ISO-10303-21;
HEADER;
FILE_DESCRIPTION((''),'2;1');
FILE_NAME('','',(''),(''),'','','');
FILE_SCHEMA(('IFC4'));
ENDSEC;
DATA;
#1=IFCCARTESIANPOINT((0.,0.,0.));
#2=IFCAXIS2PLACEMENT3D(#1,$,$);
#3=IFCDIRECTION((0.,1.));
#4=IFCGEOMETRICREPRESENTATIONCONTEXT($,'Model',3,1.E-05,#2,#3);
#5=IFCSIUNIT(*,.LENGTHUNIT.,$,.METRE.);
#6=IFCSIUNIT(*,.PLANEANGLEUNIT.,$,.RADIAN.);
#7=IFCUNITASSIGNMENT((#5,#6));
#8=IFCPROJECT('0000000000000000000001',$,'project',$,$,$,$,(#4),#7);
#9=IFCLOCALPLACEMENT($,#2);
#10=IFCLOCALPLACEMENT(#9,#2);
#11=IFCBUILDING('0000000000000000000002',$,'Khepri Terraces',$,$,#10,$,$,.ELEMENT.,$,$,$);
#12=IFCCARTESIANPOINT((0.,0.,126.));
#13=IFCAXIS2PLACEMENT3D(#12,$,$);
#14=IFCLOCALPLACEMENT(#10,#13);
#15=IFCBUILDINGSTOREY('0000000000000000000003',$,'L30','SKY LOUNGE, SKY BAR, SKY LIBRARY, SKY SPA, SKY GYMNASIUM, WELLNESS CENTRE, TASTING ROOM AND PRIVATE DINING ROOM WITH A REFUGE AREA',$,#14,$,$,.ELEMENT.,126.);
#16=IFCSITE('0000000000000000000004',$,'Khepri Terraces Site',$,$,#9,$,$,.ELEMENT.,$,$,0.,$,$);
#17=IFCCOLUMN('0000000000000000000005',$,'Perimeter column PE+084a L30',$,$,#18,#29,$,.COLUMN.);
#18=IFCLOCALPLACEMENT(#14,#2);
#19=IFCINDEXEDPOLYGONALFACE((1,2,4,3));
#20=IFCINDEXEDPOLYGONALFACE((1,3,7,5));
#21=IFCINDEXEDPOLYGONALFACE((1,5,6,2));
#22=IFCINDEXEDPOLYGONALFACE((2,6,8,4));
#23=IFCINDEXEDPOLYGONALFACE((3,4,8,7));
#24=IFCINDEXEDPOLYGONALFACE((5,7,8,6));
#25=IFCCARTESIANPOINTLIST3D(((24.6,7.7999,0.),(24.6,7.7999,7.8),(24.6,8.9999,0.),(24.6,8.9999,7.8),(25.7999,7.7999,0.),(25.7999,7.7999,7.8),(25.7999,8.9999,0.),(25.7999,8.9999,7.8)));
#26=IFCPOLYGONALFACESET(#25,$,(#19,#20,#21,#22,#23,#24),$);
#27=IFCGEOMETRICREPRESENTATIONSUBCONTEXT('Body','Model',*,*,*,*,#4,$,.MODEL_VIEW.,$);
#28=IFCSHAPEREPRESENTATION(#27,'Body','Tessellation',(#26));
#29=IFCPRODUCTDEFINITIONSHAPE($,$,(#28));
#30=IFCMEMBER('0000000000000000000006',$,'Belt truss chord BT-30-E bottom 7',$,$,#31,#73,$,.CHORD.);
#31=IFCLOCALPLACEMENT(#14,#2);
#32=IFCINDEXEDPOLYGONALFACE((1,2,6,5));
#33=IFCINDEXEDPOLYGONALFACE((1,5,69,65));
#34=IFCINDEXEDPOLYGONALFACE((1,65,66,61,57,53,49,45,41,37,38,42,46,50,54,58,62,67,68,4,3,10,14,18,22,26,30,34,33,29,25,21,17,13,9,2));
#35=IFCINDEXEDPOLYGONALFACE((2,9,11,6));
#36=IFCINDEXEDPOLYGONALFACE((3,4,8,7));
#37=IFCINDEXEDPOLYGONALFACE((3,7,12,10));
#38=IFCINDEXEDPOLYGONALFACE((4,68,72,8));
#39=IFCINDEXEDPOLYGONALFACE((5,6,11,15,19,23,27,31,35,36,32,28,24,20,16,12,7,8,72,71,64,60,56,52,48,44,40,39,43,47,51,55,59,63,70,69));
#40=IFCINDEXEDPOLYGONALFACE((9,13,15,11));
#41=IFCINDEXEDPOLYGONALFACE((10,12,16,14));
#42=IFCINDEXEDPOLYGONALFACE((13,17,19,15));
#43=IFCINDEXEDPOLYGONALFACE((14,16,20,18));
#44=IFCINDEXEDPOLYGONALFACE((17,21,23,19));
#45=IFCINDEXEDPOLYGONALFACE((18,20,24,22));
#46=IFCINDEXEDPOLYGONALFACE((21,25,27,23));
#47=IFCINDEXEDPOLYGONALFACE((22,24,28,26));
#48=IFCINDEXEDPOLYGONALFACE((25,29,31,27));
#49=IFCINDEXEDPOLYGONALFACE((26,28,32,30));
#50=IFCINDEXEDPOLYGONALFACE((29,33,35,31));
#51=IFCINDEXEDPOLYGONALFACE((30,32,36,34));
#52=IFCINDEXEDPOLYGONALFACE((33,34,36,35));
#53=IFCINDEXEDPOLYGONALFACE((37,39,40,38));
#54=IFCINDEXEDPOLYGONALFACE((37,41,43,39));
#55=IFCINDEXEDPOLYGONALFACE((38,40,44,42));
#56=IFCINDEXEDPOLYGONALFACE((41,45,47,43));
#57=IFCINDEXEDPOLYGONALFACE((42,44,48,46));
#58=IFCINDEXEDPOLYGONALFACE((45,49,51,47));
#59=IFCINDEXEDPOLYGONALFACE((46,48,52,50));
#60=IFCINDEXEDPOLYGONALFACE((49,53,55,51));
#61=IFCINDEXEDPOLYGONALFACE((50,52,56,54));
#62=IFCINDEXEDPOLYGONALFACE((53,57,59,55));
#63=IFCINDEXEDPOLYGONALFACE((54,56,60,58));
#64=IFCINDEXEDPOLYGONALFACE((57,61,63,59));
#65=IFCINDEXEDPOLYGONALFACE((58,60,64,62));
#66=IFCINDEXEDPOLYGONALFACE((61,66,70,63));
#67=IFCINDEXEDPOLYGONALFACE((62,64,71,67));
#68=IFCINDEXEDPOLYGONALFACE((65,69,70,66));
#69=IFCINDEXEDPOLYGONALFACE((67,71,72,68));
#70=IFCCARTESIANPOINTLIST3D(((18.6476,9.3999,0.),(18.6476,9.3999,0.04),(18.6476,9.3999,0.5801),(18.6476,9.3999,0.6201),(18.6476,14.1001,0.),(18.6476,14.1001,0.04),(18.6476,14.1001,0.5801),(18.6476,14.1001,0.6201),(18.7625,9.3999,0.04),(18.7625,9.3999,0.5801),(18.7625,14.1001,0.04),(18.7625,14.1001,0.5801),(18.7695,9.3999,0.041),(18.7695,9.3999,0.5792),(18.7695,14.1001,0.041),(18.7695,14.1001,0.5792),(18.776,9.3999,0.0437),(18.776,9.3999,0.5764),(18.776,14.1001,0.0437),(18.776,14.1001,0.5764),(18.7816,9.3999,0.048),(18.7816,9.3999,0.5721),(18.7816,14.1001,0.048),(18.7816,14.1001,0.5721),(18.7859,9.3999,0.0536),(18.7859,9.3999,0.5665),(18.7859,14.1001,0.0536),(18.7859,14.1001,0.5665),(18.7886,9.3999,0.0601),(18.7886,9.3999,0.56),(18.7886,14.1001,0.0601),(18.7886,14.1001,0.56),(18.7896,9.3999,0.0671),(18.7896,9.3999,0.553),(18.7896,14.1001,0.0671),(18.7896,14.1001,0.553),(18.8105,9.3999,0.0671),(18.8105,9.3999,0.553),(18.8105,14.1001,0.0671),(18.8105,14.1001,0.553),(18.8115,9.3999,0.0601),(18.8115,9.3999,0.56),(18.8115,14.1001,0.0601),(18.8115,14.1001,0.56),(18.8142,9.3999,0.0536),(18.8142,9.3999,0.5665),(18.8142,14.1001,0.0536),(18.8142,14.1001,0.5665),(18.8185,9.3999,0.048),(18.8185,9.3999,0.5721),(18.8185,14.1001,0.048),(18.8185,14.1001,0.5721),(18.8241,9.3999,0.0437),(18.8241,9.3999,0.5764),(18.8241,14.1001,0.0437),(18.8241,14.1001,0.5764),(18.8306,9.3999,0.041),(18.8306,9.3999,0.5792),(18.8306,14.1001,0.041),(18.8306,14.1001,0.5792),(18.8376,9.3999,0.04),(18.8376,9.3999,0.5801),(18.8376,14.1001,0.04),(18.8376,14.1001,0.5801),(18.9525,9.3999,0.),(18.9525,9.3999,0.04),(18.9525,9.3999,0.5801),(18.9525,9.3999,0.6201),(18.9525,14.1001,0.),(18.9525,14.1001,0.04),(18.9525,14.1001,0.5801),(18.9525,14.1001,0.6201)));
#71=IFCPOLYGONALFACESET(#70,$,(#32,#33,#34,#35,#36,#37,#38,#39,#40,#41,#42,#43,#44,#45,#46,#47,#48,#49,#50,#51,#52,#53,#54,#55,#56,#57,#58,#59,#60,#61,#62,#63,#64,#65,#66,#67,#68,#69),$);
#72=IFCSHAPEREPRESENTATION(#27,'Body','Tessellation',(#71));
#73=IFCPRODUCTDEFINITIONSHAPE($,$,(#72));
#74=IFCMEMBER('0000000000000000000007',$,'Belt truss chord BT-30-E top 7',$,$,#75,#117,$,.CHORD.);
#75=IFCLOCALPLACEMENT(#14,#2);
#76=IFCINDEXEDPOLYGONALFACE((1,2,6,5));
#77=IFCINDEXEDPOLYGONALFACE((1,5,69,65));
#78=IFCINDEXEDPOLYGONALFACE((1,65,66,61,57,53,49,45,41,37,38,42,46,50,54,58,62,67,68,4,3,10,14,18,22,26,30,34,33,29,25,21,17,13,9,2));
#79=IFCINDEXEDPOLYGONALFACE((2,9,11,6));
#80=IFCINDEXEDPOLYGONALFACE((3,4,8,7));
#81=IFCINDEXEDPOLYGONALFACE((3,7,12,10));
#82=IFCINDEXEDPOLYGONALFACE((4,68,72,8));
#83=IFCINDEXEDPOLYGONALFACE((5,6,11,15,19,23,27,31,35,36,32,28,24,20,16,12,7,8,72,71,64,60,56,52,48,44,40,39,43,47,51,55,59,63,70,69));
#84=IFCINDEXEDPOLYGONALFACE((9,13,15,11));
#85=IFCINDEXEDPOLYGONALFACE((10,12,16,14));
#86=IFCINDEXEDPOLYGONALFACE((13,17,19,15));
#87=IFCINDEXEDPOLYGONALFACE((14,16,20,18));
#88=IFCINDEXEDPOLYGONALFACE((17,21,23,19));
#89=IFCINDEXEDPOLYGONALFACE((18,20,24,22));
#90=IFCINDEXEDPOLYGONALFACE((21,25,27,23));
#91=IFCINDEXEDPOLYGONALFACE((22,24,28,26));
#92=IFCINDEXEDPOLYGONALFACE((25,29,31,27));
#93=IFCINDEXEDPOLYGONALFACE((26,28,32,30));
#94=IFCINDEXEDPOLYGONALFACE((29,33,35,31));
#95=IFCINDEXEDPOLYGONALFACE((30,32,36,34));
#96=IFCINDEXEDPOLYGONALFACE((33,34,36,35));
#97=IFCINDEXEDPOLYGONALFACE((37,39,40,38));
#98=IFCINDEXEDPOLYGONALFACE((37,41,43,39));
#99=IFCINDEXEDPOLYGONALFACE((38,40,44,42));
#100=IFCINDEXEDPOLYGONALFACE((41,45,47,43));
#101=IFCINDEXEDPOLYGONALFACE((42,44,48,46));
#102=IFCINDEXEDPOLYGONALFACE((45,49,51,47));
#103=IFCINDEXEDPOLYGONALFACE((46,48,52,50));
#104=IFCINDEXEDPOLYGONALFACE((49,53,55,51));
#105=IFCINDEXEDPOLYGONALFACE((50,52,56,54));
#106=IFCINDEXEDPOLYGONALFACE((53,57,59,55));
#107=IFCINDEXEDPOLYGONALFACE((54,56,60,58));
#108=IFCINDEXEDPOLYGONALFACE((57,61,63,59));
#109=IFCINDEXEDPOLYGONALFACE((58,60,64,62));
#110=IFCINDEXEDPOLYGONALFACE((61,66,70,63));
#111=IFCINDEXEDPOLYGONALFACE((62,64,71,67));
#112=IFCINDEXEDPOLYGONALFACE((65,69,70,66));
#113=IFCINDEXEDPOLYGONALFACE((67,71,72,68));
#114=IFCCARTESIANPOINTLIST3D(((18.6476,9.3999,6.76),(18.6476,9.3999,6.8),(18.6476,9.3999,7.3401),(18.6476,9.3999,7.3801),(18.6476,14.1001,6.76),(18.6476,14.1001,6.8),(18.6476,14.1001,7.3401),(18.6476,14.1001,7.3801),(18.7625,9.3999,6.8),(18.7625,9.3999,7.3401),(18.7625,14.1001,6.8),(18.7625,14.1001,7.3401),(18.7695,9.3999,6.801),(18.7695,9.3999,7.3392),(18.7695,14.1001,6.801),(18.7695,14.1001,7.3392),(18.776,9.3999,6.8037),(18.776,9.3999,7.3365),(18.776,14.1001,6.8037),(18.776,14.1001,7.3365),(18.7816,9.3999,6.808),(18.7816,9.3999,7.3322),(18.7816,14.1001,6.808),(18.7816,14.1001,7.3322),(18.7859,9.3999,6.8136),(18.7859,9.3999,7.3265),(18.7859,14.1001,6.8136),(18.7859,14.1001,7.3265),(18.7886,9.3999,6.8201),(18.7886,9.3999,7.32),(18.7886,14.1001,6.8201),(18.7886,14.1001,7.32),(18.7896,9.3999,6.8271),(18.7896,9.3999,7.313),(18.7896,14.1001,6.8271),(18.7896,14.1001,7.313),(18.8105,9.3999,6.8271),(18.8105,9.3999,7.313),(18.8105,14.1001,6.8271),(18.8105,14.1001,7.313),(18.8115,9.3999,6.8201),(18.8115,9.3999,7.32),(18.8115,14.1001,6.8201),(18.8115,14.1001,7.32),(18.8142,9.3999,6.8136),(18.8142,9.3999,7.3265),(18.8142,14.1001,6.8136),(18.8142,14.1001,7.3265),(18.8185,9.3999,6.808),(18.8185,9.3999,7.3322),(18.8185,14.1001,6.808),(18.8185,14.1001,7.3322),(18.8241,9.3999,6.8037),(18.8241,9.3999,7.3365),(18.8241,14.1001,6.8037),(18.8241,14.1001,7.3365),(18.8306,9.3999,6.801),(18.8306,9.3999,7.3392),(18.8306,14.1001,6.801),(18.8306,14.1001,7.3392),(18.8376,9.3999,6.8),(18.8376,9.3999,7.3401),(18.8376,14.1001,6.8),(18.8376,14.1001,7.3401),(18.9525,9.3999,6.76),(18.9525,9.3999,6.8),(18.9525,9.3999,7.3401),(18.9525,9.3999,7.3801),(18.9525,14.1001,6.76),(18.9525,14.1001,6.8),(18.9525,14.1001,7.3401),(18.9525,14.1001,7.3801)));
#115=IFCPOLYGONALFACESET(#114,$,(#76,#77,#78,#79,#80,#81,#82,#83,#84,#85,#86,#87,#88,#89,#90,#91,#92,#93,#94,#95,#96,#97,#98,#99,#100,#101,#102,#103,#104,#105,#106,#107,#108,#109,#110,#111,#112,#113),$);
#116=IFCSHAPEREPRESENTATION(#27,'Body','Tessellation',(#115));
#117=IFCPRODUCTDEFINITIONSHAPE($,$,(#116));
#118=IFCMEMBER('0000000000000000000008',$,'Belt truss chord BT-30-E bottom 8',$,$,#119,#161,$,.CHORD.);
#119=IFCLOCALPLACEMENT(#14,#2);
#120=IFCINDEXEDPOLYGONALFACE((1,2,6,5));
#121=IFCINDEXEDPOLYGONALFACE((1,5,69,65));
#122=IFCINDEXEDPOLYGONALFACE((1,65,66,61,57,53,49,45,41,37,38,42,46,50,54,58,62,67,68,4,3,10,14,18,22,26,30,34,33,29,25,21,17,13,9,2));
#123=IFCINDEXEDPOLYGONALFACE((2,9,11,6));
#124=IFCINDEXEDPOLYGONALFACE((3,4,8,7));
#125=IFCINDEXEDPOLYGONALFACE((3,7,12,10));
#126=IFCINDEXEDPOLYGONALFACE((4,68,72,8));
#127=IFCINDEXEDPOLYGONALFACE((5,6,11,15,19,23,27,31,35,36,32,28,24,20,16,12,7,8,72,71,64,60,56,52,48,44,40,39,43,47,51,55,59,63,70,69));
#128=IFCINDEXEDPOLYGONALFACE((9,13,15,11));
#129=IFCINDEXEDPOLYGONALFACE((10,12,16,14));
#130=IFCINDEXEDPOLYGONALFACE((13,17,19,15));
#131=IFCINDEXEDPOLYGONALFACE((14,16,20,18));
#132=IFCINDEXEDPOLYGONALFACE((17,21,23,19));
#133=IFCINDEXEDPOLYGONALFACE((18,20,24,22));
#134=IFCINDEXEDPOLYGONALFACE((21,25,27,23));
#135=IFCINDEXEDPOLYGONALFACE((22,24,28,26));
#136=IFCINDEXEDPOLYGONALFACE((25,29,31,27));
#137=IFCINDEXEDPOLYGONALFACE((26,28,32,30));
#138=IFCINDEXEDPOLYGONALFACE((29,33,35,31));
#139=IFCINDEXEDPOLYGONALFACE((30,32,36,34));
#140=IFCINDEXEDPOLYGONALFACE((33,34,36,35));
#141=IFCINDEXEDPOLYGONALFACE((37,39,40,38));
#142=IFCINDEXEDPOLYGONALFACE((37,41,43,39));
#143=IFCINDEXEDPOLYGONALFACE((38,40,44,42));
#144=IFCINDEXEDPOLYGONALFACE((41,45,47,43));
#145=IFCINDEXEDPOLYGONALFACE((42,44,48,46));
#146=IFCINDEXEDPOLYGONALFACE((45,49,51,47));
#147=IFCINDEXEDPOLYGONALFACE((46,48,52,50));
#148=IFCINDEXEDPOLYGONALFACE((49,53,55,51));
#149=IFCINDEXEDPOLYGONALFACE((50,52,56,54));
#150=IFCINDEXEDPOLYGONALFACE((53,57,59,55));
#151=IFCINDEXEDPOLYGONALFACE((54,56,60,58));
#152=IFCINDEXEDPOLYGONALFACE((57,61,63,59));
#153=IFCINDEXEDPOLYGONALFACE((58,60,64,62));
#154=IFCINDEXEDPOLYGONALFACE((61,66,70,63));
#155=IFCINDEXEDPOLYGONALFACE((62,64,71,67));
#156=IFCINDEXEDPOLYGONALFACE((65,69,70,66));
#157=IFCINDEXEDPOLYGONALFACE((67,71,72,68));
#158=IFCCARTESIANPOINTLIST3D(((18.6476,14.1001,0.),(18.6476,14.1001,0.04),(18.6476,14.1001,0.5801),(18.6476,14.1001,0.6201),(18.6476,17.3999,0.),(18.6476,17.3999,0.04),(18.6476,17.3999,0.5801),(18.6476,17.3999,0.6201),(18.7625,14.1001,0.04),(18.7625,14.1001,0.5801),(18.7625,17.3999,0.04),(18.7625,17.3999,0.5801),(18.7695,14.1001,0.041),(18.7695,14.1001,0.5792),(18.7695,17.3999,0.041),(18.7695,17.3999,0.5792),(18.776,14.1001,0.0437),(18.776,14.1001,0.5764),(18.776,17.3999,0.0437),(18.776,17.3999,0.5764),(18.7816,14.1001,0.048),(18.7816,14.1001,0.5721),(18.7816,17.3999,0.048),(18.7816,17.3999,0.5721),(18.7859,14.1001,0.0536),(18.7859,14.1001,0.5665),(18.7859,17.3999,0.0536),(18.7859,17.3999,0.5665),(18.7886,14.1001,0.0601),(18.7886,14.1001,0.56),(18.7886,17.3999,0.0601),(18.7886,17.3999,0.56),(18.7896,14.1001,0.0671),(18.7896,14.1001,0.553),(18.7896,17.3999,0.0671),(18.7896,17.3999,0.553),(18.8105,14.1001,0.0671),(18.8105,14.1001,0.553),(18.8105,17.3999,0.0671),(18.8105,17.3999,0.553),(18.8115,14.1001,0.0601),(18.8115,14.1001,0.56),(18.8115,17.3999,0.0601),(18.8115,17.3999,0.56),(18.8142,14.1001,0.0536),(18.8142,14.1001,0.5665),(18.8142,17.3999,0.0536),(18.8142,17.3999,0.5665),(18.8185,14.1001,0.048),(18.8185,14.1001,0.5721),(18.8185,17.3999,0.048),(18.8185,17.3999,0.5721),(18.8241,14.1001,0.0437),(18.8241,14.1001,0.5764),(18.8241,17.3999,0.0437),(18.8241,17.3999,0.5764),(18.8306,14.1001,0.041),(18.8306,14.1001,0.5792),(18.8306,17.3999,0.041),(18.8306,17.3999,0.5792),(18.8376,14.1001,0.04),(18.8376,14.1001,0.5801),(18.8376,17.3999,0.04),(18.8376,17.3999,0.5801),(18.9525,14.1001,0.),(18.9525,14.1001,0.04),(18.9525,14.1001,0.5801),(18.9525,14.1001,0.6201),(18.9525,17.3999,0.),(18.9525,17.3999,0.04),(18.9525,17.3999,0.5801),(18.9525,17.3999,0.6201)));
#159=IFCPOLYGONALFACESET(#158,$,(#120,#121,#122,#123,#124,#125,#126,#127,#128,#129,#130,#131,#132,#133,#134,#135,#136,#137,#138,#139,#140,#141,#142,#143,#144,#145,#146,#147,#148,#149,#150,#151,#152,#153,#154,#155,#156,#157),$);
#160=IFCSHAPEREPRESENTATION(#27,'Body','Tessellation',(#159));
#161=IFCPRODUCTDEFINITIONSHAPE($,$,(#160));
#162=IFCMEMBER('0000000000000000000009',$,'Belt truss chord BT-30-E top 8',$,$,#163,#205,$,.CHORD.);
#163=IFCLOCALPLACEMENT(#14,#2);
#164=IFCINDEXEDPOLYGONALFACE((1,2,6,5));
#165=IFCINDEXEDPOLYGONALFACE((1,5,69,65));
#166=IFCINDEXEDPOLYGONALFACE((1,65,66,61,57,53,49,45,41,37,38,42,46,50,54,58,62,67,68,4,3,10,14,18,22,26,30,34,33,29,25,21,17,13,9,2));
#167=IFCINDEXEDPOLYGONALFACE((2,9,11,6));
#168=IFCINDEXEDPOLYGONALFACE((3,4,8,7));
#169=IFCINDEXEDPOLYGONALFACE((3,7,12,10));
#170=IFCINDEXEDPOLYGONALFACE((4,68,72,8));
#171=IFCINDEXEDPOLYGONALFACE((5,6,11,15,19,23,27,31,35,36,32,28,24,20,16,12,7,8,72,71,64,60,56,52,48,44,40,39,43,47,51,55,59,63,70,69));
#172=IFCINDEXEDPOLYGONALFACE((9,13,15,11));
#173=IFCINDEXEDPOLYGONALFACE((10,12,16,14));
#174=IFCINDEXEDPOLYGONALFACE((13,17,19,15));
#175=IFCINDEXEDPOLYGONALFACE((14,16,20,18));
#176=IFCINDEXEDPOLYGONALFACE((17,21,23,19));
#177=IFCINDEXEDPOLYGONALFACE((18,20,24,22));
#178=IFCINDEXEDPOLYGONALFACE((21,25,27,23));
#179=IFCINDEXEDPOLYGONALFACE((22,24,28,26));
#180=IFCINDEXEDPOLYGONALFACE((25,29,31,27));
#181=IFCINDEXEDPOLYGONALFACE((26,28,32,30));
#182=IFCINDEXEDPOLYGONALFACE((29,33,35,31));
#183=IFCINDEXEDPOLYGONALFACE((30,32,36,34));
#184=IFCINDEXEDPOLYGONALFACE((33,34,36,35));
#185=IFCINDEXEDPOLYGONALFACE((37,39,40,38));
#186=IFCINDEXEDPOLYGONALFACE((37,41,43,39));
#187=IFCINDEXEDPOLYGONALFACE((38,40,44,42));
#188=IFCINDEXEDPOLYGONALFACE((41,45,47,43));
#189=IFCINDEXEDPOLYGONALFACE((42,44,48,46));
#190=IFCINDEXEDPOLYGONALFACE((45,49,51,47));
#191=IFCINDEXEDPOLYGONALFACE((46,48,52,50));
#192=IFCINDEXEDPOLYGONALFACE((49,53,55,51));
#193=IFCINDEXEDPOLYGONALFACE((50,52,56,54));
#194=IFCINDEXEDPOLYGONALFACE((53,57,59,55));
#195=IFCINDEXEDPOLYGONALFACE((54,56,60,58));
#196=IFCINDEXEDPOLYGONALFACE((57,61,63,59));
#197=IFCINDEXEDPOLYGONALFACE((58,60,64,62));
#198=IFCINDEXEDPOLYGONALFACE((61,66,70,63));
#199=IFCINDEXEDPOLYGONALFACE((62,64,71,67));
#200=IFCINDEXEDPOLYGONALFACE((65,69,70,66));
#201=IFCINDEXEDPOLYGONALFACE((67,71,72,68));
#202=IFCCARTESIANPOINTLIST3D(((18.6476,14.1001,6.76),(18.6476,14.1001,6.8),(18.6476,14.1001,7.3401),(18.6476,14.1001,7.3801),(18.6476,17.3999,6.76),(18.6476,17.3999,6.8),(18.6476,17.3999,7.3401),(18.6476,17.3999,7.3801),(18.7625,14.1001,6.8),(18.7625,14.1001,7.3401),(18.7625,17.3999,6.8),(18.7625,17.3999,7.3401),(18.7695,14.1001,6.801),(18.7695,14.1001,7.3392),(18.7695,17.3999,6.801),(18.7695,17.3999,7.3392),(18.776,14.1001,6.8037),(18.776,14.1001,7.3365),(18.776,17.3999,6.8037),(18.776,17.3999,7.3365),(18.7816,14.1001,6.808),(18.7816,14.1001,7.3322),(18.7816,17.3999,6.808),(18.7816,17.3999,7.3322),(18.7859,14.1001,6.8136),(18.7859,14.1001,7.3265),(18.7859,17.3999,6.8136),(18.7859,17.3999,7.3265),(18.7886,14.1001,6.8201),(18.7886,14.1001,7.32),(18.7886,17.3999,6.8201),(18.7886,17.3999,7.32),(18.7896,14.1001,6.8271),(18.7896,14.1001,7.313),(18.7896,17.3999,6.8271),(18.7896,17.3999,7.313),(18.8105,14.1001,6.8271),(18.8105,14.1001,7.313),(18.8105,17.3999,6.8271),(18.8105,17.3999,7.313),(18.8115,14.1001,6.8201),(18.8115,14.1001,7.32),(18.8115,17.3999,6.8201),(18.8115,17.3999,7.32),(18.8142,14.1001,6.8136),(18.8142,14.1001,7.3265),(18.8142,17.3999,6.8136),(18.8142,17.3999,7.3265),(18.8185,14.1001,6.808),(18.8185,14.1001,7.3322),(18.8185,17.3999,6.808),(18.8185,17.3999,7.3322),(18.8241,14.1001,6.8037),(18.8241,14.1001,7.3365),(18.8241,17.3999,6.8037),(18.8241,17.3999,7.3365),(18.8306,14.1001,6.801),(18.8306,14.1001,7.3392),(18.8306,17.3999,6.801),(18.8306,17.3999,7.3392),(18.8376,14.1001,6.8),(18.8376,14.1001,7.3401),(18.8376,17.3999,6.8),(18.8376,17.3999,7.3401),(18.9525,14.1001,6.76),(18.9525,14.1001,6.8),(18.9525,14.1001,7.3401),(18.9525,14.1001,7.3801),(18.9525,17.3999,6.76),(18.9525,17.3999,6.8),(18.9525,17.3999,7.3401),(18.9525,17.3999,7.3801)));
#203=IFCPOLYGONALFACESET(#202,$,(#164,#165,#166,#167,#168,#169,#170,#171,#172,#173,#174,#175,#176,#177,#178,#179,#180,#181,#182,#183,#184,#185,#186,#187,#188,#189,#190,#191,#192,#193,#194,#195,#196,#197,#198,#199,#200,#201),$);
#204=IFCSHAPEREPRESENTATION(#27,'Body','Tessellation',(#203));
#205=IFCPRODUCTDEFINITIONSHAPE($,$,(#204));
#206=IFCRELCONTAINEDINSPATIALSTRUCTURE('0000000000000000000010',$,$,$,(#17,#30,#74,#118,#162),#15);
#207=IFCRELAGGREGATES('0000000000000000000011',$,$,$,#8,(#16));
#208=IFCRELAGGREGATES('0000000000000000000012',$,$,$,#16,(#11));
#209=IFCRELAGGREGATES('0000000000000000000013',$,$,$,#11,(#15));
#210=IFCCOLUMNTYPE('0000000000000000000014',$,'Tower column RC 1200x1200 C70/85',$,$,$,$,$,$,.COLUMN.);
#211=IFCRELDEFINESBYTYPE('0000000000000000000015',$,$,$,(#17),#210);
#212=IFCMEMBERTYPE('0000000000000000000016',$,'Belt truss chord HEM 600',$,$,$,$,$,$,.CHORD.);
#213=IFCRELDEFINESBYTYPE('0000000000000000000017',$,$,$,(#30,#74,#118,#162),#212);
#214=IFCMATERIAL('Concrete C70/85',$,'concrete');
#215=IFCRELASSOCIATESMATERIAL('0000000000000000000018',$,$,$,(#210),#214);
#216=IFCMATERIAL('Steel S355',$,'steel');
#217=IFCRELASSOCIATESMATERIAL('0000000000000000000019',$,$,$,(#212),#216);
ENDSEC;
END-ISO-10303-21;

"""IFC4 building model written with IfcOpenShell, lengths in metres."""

from ifc_helpers import new_model, si_unit, direction, frame, origin, origin_2d, place, context, subcontext, project, spatial, rectangle, i_section, extrude, material, material_profile, profile_set, type_object, element, save


model = new_model("IFC4")

# Units and contexts
model_context = context("Model", 3, precision=1e-05, world=origin(), true_north=direction((0.0, 1.0)))
body_context = subcontext(model_context, "Body", "Model", "MODEL_VIEW")
ifc_project = project(units=[si_unit("LENGTHUNIT", "METRE"), si_unit("PLANEANGLEUNIT", "RADIAN")], contexts=[model_context])

# Site, building, storey
site_placement = place(None, origin())
site = spatial("IfcSite", under=ifc_project, at=site_placement, Name="Khepri Terraces Site", CompositionType="ELEMENT", RefElevation=0.0)
building_placement = place(site_placement, origin())
building = spatial("IfcBuilding", under=site, at=building_placement, Name="Khepri Terraces", CompositionType="ELEMENT")
storey_placement = place(building_placement, frame((0.0, 0.0, 126.0)))
storey = spatial("IfcBuildingStorey", under=building, at=storey_placement, Name="L30", Description="SKY LOUNGE, SKY BAR, SKY LIBRARY, SKY SPA, SKY GYMNASIUM, WELLNESS CENTRE, TASTING ROOM AND PRIVATE DINING ROOM WITH A REFUGE AREA", CompositionType="ELEMENT", Elevation=126.0)

# Column
ifc_material_1 = material(Name="Concrete C70/85", Category="concrete")
ifc_material_profile_1 = material_profile(ifc_material_1, rectangle(XDim=1.2, YDim=1.2, at=origin_2d()), Name="Concrete C70/85", Category="concrete")
ifc_profile_set_1 = profile_set([ifc_material_profile_1], Name="Concrete C70/85")
column_type = type_object("IfcColumnType", Name="Tower column RC 1200x1200 C70/85", PredefinedType="COLUMN", material=ifc_profile_set_1)
column_placement = place(storey_placement, frame((25.2, 8.3999, 0.0), z_axis=(0.0, 0.0, 1.0), x_axis=(1.0, 0.0, 0.0)))
element("IfcColumn", 1, at=column_placement, inside=storey, type_object=column_type, Name="Perimeter column PE+084a L30", PredefinedType="COLUMN", context=body_context, shape_type="SweptSolid", body=[
    extrude(rectangle(XDim=1.2, YDim=1.2, at=origin_2d()), origin(), (0.0, 0.0, 1.0), 7.8),
])

# Members
ifc_material_2 = material(Name="Steel S355", Category="steel")
ifc_material_profile_2 = material_profile(ifc_material_2, i_section(OverallWidth=0.3049, OverallDepth=0.6201, WebThickness=0.021, FlangeThickness=0.04, FilletRadius=0.0271, at=origin_2d()), Name="Steel S355", Category="steel")
ifc_profile_set_2 = profile_set([ifc_material_profile_2], Name="Steel S355")
member_type_1 = type_object("IfcMemberType", Name="Belt truss chord HEM 600", PredefinedType="CHORD", material=ifc_profile_set_2)
for number, where, z_axis, x_axis, name in (
    (2, (18.8, 9.3999, 0.3101), (0.0, 1.0, 0.0), (-1.0, 0.0, 0.0), "Belt truss chord BT-30-E bottom 7"),
    (3, (18.8, 9.3999, 7.0701), (0.0, 1.0, 0.0), (-1.0, 0.0, 0.0), "Belt truss chord BT-30-E top 7"),
):
    element("IfcMember", number, at=place(storey_placement, frame(where, z_axis=z_axis, x_axis=x_axis)), inside=storey, type_object=member_type_1, Name=name, PredefinedType="CHORD", context=body_context, shape_type="SweptSolid", body=[
        extrude(i_section(OverallWidth=0.3049, OverallDepth=0.6201, WebThickness=0.021, FlangeThickness=0.04, FilletRadius=0.0271, at=origin_2d()), origin(), (0.0, 0.0, 1.0), 4.7002),
    ])
for number, where, z_axis, x_axis, name in (
    (4, (18.8, 14.1001, 0.3101), (0.0, 1.0, 0.0), (-1.0, 0.0, 0.0), "Belt truss chord BT-30-E bottom 8"),
    (5, (18.8, 14.1001, 7.0701), (0.0, 1.0, 0.0), (-1.0, 0.0, 0.0), "Belt truss chord BT-30-E top 8"),
):
    element("IfcMember", number, at=place(storey_placement, frame(where, z_axis=z_axis, x_axis=x_axis)), inside=storey, type_object=member_type_1, Name=name, PredefinedType="CHORD", context=body_context, shape_type="SweptSolid", body=[
        extrude(i_section(OverallWidth=0.3049, OverallDepth=0.6201, WebThickness=0.021, FlangeThickness=0.04, FilletRadius=0.0271, at=origin_2d()), origin(), (0.0, 0.0, 1.0), 3.2998),
    ])

save(model, "model.ifc")
